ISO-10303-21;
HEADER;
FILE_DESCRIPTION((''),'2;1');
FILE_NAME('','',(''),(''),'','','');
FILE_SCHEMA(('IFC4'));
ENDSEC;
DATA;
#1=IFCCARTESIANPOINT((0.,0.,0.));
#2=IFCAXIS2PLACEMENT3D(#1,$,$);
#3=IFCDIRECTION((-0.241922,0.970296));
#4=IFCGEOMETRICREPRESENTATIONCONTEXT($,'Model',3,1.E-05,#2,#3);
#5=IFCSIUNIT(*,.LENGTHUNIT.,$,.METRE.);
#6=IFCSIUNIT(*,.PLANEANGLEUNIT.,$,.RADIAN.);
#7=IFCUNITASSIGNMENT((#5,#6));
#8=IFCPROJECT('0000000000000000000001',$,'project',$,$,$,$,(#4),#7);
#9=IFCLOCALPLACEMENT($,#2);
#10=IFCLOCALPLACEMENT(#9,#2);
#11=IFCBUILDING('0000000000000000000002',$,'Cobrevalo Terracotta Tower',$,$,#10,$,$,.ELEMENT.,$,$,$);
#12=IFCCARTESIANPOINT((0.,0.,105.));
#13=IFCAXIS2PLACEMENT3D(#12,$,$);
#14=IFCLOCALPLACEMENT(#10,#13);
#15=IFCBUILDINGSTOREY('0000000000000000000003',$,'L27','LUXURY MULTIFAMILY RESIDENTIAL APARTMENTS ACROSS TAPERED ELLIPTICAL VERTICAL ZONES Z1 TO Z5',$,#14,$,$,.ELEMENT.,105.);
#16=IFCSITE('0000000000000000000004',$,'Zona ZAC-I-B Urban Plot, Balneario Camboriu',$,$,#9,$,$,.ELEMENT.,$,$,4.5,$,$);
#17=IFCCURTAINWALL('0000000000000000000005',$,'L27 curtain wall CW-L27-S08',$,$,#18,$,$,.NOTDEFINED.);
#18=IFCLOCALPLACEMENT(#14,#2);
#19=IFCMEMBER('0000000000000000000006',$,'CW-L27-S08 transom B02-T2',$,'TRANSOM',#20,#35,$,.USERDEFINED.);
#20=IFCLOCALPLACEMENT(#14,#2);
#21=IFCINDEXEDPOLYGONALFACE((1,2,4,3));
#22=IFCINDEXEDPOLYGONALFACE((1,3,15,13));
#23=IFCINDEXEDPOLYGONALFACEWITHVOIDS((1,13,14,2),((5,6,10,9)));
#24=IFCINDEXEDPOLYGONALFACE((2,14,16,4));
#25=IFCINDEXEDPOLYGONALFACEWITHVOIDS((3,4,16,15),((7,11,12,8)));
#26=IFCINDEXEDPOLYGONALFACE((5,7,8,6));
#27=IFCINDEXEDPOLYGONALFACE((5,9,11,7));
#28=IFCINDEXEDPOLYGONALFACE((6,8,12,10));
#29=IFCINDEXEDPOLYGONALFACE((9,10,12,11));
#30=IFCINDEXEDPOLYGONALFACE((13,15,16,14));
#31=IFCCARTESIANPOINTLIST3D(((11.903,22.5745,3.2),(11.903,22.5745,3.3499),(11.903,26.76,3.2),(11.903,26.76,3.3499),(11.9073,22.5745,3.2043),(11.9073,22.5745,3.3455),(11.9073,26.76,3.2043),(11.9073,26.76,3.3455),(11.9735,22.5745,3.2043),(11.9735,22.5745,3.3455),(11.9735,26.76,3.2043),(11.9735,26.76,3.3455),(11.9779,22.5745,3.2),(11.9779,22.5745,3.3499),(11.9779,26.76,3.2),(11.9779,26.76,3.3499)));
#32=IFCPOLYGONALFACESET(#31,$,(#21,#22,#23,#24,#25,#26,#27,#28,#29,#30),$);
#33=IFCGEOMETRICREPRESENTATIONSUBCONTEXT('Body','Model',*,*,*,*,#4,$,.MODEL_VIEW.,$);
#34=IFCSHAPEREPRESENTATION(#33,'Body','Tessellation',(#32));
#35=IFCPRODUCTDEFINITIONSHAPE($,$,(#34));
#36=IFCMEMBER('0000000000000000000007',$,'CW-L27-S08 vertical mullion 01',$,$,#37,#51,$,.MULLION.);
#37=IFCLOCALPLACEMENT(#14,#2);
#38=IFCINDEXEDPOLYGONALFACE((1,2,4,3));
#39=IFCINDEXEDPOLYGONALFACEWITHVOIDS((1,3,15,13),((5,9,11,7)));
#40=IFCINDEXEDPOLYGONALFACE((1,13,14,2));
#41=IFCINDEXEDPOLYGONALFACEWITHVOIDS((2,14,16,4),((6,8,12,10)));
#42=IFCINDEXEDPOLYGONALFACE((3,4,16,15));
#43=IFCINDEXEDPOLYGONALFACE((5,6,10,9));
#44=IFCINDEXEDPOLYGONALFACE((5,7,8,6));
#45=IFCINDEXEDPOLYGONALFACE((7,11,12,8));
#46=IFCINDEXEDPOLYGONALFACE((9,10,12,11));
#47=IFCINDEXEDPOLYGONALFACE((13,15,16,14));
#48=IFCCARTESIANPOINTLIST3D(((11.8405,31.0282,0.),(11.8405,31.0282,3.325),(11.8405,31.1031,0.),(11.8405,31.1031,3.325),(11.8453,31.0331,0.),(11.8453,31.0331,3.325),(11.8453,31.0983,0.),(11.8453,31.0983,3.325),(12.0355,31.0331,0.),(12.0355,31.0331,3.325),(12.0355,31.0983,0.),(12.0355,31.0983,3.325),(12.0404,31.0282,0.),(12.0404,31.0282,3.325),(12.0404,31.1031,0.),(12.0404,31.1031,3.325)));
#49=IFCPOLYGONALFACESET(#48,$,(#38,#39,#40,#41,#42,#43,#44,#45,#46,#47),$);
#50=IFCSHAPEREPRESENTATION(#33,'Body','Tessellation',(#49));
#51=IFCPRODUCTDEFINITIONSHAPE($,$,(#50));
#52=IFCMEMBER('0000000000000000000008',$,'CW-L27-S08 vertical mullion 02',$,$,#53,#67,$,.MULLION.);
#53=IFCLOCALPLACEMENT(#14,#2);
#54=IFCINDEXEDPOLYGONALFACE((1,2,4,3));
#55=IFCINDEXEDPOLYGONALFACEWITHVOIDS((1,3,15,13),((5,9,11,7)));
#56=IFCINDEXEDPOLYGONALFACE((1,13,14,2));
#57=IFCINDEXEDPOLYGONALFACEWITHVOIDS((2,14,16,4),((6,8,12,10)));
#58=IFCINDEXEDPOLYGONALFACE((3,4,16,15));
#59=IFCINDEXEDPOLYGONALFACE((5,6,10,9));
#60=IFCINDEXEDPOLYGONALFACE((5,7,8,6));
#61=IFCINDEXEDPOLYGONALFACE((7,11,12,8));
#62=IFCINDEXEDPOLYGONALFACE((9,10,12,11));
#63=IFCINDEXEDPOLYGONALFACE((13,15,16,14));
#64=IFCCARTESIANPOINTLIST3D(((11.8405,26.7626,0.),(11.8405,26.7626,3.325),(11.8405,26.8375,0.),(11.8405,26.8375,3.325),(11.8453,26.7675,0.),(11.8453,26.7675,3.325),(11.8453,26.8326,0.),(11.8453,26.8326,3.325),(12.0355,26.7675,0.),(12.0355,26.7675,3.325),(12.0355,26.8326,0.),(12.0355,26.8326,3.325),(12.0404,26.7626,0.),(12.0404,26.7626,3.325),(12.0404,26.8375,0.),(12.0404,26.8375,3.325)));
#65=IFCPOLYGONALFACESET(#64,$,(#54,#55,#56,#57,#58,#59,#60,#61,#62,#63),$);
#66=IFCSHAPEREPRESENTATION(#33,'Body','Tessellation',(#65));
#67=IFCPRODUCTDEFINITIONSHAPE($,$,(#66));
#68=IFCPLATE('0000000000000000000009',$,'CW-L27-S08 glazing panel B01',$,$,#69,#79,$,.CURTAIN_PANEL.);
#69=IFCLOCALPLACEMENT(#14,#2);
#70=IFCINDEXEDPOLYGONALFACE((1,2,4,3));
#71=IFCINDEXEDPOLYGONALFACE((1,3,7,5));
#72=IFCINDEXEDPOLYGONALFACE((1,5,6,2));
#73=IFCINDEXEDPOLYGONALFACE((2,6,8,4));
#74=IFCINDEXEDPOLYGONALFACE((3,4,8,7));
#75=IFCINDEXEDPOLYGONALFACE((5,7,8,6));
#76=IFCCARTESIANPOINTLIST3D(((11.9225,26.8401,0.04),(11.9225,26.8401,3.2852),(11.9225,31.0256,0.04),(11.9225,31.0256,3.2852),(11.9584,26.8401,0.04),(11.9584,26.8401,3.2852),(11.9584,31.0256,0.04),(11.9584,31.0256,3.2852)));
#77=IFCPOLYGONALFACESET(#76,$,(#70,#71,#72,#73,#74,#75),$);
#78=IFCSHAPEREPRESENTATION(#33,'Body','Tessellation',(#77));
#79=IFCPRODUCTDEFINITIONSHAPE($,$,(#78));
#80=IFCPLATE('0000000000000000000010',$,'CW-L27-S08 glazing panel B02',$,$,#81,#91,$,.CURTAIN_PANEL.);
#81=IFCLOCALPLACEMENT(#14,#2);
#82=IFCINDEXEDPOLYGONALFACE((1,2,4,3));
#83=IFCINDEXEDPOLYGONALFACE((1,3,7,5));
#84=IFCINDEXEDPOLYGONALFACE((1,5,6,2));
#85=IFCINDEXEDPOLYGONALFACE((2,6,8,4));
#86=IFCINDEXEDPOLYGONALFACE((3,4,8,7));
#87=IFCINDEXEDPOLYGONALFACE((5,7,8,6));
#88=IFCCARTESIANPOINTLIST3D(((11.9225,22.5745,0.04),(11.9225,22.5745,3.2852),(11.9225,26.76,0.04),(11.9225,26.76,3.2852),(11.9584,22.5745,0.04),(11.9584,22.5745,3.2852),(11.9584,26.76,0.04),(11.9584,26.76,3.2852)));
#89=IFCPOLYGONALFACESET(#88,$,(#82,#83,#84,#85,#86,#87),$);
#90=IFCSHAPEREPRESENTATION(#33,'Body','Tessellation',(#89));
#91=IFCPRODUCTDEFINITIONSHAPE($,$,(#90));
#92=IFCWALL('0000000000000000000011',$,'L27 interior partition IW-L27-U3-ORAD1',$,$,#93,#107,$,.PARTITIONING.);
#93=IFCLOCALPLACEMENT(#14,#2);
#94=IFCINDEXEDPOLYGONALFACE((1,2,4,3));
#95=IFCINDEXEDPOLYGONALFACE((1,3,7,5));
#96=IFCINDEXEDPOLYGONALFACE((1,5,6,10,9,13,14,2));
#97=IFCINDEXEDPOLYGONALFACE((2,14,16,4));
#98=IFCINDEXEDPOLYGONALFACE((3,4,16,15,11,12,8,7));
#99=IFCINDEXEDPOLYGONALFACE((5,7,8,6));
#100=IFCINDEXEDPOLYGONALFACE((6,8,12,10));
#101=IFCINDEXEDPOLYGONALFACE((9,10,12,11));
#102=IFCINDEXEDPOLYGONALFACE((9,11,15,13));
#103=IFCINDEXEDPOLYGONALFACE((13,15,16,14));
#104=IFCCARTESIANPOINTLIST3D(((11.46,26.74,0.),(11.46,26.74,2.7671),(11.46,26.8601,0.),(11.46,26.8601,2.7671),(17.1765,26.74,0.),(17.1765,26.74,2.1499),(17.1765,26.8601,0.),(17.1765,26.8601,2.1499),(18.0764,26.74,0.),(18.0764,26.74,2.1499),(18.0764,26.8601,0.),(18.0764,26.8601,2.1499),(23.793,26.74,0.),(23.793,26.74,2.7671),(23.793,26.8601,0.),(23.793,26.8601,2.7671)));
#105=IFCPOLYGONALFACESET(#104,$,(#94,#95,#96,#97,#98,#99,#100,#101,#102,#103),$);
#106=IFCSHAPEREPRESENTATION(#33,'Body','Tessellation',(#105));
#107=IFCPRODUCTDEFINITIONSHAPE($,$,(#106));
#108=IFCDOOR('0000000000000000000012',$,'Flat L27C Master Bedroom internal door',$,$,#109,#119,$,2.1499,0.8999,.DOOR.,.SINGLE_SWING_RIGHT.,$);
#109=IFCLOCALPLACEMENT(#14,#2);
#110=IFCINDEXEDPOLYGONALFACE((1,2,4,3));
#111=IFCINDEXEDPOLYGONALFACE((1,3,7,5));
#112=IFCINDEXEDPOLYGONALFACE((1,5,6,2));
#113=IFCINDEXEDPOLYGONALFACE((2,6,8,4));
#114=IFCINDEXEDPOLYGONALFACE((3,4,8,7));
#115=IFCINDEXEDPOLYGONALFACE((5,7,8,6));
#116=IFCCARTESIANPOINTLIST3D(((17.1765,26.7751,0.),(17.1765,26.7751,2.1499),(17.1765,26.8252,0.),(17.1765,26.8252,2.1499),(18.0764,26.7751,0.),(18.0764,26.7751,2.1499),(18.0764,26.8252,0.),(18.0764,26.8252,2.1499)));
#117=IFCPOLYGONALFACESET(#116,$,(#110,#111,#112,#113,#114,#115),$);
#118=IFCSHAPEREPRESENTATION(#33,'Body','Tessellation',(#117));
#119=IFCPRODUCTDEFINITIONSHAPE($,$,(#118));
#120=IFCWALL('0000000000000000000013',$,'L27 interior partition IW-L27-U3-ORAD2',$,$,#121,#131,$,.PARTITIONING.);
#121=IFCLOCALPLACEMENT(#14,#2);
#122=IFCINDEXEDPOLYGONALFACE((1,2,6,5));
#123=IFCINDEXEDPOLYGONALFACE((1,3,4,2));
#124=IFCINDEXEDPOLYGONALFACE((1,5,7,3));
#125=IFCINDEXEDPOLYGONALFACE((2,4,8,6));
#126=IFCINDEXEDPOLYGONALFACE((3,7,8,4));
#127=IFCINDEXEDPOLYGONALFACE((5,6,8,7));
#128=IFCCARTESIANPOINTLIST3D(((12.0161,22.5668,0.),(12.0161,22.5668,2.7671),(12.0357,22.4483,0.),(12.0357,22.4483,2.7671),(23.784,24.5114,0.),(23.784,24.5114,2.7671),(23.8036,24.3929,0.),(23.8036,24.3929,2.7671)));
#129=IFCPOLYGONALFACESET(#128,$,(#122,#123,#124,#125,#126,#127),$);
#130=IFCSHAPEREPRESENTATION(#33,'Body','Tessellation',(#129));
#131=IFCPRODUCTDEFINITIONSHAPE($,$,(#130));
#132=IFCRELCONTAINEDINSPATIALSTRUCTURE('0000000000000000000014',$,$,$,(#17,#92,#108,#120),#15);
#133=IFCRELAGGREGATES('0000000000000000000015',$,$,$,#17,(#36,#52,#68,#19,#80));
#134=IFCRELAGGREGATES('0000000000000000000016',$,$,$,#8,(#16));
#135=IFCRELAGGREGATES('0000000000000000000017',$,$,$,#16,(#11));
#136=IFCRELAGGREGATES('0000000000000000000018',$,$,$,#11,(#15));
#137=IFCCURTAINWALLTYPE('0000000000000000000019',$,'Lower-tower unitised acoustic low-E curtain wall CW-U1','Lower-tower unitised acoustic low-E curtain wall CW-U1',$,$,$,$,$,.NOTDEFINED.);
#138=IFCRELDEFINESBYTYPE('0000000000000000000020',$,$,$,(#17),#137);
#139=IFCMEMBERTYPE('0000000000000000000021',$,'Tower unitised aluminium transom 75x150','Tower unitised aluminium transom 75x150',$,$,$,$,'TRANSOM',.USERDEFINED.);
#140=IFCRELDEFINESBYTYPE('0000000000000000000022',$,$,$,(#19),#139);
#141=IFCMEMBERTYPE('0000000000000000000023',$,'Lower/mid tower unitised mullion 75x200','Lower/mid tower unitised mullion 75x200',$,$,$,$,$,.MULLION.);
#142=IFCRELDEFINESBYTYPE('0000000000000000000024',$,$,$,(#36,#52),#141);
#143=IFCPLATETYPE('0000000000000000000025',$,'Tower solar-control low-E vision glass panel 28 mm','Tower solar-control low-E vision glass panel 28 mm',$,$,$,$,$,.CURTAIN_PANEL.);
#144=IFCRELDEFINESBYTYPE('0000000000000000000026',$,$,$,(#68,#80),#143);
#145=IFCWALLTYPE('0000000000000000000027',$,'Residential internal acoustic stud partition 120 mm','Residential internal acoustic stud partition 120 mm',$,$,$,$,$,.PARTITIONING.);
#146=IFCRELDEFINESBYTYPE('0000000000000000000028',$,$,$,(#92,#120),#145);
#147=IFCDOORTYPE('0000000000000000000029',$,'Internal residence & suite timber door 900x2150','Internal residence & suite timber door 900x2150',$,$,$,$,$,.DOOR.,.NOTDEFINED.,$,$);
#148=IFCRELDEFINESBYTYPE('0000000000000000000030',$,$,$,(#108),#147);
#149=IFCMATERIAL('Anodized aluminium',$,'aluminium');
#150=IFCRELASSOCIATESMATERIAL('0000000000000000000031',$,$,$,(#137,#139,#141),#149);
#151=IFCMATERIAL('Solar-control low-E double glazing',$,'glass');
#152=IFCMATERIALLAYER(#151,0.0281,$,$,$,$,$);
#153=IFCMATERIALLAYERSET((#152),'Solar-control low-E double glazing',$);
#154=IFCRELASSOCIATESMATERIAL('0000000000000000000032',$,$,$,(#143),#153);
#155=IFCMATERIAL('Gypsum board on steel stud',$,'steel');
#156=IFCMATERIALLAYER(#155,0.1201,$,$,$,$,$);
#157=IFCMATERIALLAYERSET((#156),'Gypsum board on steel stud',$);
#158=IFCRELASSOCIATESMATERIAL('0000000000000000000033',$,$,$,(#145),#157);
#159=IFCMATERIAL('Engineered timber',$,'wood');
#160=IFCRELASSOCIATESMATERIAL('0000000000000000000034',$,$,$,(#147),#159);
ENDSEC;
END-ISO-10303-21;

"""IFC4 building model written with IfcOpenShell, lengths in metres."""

from ifc_helpers import new_model, si_unit, direction, frame, frame_2d, origin, origin_2d, place, context, subcontext, project, spatial, rectangle, hollow_rectangle, extrude, source, transform, mapped, material, layer, layer_set, material_profile, profile_set, type_object, element, fill, aggregate, save


model = new_model("IFC4")

# Units and contexts
model_context = context("Model", 3, precision=1e-05, world=origin(), true_north=direction((-0.241922, 0.970296)))
body_context = subcontext(model_context, "Body", "Model", "MODEL_VIEW")
ifc_project = project(units=[si_unit("LENGTHUNIT", "METRE"), si_unit("PLANEANGLEUNIT", "RADIAN")], contexts=[model_context])

# Site, building, storey
site_placement = place(None, origin())
site = spatial("IfcSite", under=ifc_project, at=site_placement, Name="Zona ZAC-I-B Urban Plot, Balneario Camboriu", CompositionType="ELEMENT", RefElevation=4.5)
building_placement = place(site_placement, origin())
building = spatial("IfcBuilding", under=site, at=building_placement, Name="Cobrevalo Terracotta Tower", CompositionType="ELEMENT")
storey_placement = place(building_placement, frame((0.0, 0.0, 105.0)))
storey = spatial("IfcBuildingStorey", under=building, at=storey_placement, Name="L27", Description="LUXURY MULTIFAMILY RESIDENTIAL APARTMENTS ACROSS TAPERED ELLIPTICAL VERTICAL ZONES Z1 TO Z5", CompositionType="ELEMENT", Elevation=105.0)

# Curtain wall, members, plates
ifc_material_1 = material(Name="Anodized aluminium", Category="aluminium")
curtain_wall_type = type_object("IfcCurtainWallType", Name="Lower-tower unitised acoustic low-E curtain wall CW-U1", Description="Lower-tower unitised acoustic low-E curtain wall CW-U1", PredefinedType="NOTDEFINED", material=ifc_material_1)
curtain_wall_placement = place(storey_placement, origin())
curtain_wall = element("IfcCurtainWall", 1, at=curtain_wall_placement, inside=storey, type_object=curtain_wall_type, Name="L27 curtain wall CW-L27-S08", PredefinedType="NOTDEFINED")
ifc_material_profile_1 = material_profile(ifc_material_1, hollow_rectangle(XDim=0.075, YDim=0.1499, WallThickness=0.0044, at=origin_2d()), Name="CWT 75x150")
ifc_profile_set_1 = profile_set([ifc_material_profile_1], Name="Anodized aluminium")
member_type_1 = type_object("IfcMemberType", Name="Tower unitised aluminium transom 75x150", Description="Tower unitised aluminium transom 75x150", ElementType="TRANSOM", PredefinedType="USERDEFINED", material=ifc_profile_set_1)
shared_shape_1 = source(origin(), body_context, "Body", "SweptSolid", [
    extrude(hollow_rectangle(XDim=0.075, YDim=0.1499, WallThickness=0.0044, at=origin_2d()), origin(), (0.0, 0.0, 1.0), 4.1855),
])
member_1_placement = place(storey_placement, frame((11.9404, 26.76, 3.2749), z_axis=(0.0, -1.0, 0.0), x_axis=(1.0, 0.0, 0.0)))
member_1 = element("IfcMember", 2, at=member_1_placement, type_object=member_type_1, Name="CW-L27-S08 transom B02-T2", ObjectType="TRANSOM", PredefinedType="USERDEFINED", context=body_context, shape_type="MappedRepresentation", body=[
    mapped(shared_shape_1, transform((0.0, 0.0, 0.0), scale=1.0)),
])
ifc_material_profile_2 = material_profile(ifc_material_1, hollow_rectangle(XDim=0.075, YDim=0.2, WallThickness=0.0049, at=origin_2d()), Name="CWM 75x200")
ifc_profile_set_2 = profile_set([ifc_material_profile_2], Name="Anodized aluminium")
member_type_2 = type_object("IfcMemberType", Name="Lower/mid tower unitised mullion 75x200", Description="Lower/mid tower unitised mullion 75x200", PredefinedType="MULLION", material=ifc_profile_set_2)
shared_shape_2 = source(origin(), body_context, "Body", "SweptSolid", [
    extrude(hollow_rectangle(XDim=0.075, YDim=0.2, WallThickness=0.0049, at=origin_2d()), origin(), (0.0, 0.0, 1.0), 3.325),
])
member_2_placement = place(storey_placement, frame((11.9404, 31.0657, 0.0), z_axis=(0.0, 0.0, 1.0), x_axis=(0.0, -1.0, 0.0)))
member_2 = element("IfcMember", 3, at=member_2_placement, type_object=member_type_2, Name="CW-L27-S08 vertical mullion 01", PredefinedType="MULLION", context=body_context, shape_type="MappedRepresentation", body=[
    mapped(shared_shape_2, transform((0.0, 0.0, 0.0), scale=1.0)),
])
member_3_placement = place(storey_placement, frame((11.9404, 26.8, 0.0), z_axis=(0.0, 0.0, 1.0), x_axis=(0.0, -1.0, 0.0)))
member_3 = element("IfcMember", 4, at=member_3_placement, type_object=member_type_2, Name="CW-L27-S08 vertical mullion 02", PredefinedType="MULLION", context=body_context, shape_type="MappedRepresentation", body=[
    mapped(shared_shape_2, transform((0.0, 0.0, 0.0), scale=1.0)),
])
ifc_material_2 = material(Name="Solar-control low-E double glazing", Category="glass")
ifc_layer_1 = layer(ifc_material_2, 0.0281)
ifc_layer_set_1 = layer_set([ifc_layer_1], Name="Solar-control low-E double glazing")
plate_type = type_object("IfcPlateType", Name="Tower solar-control low-E vision glass panel 28 mm", Description="Tower solar-control low-E vision glass panel 28 mm", PredefinedType="CURTAIN_PANEL", material=ifc_layer_set_1)
shared_shape_3 = source(origin(), body_context, "Body", "SweptSolid", [
    extrude(rectangle(XDim=4.1855, YDim=0.0359, at=origin_2d()), origin(), (0.0, 0.0, 1.0), 3.2451),
])
plate_1_placement = place(storey_placement, frame((11.9404, 28.9329, 0.04), z_axis=(0.0, 0.0, 1.0), x_axis=(0.0, -1.0, 0.0)))
plate_1 = element("IfcPlate", 5, at=plate_1_placement, type_object=plate_type, Name="CW-L27-S08 glazing panel B01", PredefinedType="CURTAIN_PANEL", context=body_context, shape_type="MappedRepresentation", body=[
    mapped(shared_shape_3, transform((0.0, 0.0, 0.0), scale=1.0)),
])
plate_2_placement = place(storey_placement, frame((11.9404, 24.6672, 0.04), z_axis=(0.0, 0.0, 1.0), x_axis=(0.0, -1.0, 0.0)))
plate_2 = element("IfcPlate", 6, at=plate_2_placement, type_object=plate_type, Name="CW-L27-S08 glazing panel B02", PredefinedType="CURTAIN_PANEL", context=body_context, shape_type="MappedRepresentation", body=[
    mapped(shared_shape_3, transform((0.0, 0.0, 0.0), scale=1.0)),
])
aggregate(curtain_wall, [member_2, member_3, plate_1, member_1, plate_2])

# Wall, opening, door
ifc_material_3 = material(Name="Gypsum board on steel stud", Category="steel")
ifc_layer_2 = layer(ifc_material_3, 0.1201)
ifc_layer_set_2 = layer_set([ifc_layer_2], Name="Gypsum board on steel stud")
wall_type = type_object("IfcWallType", Name="Residential internal acoustic stud partition 120 mm", Description="Residential internal acoustic stud partition 120 mm", PredefinedType="PARTITIONING", material=ifc_layer_set_2)
wall_1_placement = place(storey_placement, frame((23.793, 26.8, 0.0), z_axis=(0.0, 0.0, 1.0), x_axis=(-1.0, 0.0, 0.0)))
wall_1 = element("IfcWall", 7, at=wall_1_placement, inside=storey, type_object=wall_type, Name="L27 interior partition IW-L27-U3-ORAD1", PredefinedType="PARTITIONING", context=body_context, shape_type="SweptSolid", body=[
    extrude(rectangle(XDim=12.333, YDim=0.1201, at=frame_2d((6.1665, 0.0))), origin(), (0.0, 0.0, 1.0), 2.7671),
])
opening_placement = place(wall_1_placement, frame((5.7166, 0.0, 0.0)))
opening = element("IfcOpeningElement", 8, at=opening_placement, cuts=wall_1, PredefinedType="OPENING", context=body_context, shape_type="SweptSolid", body=[
    extrude(rectangle(XDim=0.8999, YDim=2.1499, at=frame_2d((0.45, 1.075))), frame((0.0, 0.0701, 0.0), z_axis=(0.0, -1.0, 0.0), x_axis=(1.0, 0.0, 0.0)), (0.0, 0.0, 1.0), 0.1401),
])
ifc_material_4 = material(Name="Engineered timber", Category="wood")
door_type = type_object("IfcDoorType", Name="Internal residence & suite timber door 900x2150", Description="Internal residence & suite timber door 900x2150", OperationType="NOTDEFINED", PredefinedType="DOOR", material=ifc_material_4)
shared_shape_4 = source(origin(), body_context, "Body", "SweptSolid", [
    extrude(rectangle(XDim=0.8999, YDim=2.1499, at=frame_2d((0.45, 1.075))), frame((0.0, 0.0249, 0.0), z_axis=(0.0, -1.0, 0.0), x_axis=(1.0, 0.0, 0.0)), (0.0, 0.0, 1.0), 0.05),
])
door_placement = place(opening_placement, origin())
door = element("IfcDoor", 9, at=door_placement, inside=storey, type_object=door_type, Name="Flat L27C Master Bedroom internal door", OperationType="SINGLE_SWING_RIGHT", OverallHeight=2.1499, OverallWidth=0.8999, PredefinedType="DOOR", context=body_context, shape_type="MappedRepresentation", body=[
    mapped(shared_shape_4, transform((0.0, 0.0, 0.0), scale=1.0)),
])
fill(opening, door)

# Wall
wall_2_placement = place(storey_placement, frame((23.7939, 24.4521, 0.0), z_axis=(0.0, 0.0, 1.0), x_axis=(-0.98662, -0.163035, 0.0)))
element("IfcWall", 10, at=wall_2_placement, inside=storey, type_object=wall_type, Name="L27 interior partition IW-L27-U3-ORAD2", PredefinedType="PARTITIONING", context=body_context, shape_type="SweptSolid", body=[
    extrude(rectangle(XDim=11.9275, YDim=0.1201, at=frame_2d((5.9639, 0.0))), origin(), (0.0, 0.0, 1.0), 2.7671),
])

save(model, "model.ifc")
